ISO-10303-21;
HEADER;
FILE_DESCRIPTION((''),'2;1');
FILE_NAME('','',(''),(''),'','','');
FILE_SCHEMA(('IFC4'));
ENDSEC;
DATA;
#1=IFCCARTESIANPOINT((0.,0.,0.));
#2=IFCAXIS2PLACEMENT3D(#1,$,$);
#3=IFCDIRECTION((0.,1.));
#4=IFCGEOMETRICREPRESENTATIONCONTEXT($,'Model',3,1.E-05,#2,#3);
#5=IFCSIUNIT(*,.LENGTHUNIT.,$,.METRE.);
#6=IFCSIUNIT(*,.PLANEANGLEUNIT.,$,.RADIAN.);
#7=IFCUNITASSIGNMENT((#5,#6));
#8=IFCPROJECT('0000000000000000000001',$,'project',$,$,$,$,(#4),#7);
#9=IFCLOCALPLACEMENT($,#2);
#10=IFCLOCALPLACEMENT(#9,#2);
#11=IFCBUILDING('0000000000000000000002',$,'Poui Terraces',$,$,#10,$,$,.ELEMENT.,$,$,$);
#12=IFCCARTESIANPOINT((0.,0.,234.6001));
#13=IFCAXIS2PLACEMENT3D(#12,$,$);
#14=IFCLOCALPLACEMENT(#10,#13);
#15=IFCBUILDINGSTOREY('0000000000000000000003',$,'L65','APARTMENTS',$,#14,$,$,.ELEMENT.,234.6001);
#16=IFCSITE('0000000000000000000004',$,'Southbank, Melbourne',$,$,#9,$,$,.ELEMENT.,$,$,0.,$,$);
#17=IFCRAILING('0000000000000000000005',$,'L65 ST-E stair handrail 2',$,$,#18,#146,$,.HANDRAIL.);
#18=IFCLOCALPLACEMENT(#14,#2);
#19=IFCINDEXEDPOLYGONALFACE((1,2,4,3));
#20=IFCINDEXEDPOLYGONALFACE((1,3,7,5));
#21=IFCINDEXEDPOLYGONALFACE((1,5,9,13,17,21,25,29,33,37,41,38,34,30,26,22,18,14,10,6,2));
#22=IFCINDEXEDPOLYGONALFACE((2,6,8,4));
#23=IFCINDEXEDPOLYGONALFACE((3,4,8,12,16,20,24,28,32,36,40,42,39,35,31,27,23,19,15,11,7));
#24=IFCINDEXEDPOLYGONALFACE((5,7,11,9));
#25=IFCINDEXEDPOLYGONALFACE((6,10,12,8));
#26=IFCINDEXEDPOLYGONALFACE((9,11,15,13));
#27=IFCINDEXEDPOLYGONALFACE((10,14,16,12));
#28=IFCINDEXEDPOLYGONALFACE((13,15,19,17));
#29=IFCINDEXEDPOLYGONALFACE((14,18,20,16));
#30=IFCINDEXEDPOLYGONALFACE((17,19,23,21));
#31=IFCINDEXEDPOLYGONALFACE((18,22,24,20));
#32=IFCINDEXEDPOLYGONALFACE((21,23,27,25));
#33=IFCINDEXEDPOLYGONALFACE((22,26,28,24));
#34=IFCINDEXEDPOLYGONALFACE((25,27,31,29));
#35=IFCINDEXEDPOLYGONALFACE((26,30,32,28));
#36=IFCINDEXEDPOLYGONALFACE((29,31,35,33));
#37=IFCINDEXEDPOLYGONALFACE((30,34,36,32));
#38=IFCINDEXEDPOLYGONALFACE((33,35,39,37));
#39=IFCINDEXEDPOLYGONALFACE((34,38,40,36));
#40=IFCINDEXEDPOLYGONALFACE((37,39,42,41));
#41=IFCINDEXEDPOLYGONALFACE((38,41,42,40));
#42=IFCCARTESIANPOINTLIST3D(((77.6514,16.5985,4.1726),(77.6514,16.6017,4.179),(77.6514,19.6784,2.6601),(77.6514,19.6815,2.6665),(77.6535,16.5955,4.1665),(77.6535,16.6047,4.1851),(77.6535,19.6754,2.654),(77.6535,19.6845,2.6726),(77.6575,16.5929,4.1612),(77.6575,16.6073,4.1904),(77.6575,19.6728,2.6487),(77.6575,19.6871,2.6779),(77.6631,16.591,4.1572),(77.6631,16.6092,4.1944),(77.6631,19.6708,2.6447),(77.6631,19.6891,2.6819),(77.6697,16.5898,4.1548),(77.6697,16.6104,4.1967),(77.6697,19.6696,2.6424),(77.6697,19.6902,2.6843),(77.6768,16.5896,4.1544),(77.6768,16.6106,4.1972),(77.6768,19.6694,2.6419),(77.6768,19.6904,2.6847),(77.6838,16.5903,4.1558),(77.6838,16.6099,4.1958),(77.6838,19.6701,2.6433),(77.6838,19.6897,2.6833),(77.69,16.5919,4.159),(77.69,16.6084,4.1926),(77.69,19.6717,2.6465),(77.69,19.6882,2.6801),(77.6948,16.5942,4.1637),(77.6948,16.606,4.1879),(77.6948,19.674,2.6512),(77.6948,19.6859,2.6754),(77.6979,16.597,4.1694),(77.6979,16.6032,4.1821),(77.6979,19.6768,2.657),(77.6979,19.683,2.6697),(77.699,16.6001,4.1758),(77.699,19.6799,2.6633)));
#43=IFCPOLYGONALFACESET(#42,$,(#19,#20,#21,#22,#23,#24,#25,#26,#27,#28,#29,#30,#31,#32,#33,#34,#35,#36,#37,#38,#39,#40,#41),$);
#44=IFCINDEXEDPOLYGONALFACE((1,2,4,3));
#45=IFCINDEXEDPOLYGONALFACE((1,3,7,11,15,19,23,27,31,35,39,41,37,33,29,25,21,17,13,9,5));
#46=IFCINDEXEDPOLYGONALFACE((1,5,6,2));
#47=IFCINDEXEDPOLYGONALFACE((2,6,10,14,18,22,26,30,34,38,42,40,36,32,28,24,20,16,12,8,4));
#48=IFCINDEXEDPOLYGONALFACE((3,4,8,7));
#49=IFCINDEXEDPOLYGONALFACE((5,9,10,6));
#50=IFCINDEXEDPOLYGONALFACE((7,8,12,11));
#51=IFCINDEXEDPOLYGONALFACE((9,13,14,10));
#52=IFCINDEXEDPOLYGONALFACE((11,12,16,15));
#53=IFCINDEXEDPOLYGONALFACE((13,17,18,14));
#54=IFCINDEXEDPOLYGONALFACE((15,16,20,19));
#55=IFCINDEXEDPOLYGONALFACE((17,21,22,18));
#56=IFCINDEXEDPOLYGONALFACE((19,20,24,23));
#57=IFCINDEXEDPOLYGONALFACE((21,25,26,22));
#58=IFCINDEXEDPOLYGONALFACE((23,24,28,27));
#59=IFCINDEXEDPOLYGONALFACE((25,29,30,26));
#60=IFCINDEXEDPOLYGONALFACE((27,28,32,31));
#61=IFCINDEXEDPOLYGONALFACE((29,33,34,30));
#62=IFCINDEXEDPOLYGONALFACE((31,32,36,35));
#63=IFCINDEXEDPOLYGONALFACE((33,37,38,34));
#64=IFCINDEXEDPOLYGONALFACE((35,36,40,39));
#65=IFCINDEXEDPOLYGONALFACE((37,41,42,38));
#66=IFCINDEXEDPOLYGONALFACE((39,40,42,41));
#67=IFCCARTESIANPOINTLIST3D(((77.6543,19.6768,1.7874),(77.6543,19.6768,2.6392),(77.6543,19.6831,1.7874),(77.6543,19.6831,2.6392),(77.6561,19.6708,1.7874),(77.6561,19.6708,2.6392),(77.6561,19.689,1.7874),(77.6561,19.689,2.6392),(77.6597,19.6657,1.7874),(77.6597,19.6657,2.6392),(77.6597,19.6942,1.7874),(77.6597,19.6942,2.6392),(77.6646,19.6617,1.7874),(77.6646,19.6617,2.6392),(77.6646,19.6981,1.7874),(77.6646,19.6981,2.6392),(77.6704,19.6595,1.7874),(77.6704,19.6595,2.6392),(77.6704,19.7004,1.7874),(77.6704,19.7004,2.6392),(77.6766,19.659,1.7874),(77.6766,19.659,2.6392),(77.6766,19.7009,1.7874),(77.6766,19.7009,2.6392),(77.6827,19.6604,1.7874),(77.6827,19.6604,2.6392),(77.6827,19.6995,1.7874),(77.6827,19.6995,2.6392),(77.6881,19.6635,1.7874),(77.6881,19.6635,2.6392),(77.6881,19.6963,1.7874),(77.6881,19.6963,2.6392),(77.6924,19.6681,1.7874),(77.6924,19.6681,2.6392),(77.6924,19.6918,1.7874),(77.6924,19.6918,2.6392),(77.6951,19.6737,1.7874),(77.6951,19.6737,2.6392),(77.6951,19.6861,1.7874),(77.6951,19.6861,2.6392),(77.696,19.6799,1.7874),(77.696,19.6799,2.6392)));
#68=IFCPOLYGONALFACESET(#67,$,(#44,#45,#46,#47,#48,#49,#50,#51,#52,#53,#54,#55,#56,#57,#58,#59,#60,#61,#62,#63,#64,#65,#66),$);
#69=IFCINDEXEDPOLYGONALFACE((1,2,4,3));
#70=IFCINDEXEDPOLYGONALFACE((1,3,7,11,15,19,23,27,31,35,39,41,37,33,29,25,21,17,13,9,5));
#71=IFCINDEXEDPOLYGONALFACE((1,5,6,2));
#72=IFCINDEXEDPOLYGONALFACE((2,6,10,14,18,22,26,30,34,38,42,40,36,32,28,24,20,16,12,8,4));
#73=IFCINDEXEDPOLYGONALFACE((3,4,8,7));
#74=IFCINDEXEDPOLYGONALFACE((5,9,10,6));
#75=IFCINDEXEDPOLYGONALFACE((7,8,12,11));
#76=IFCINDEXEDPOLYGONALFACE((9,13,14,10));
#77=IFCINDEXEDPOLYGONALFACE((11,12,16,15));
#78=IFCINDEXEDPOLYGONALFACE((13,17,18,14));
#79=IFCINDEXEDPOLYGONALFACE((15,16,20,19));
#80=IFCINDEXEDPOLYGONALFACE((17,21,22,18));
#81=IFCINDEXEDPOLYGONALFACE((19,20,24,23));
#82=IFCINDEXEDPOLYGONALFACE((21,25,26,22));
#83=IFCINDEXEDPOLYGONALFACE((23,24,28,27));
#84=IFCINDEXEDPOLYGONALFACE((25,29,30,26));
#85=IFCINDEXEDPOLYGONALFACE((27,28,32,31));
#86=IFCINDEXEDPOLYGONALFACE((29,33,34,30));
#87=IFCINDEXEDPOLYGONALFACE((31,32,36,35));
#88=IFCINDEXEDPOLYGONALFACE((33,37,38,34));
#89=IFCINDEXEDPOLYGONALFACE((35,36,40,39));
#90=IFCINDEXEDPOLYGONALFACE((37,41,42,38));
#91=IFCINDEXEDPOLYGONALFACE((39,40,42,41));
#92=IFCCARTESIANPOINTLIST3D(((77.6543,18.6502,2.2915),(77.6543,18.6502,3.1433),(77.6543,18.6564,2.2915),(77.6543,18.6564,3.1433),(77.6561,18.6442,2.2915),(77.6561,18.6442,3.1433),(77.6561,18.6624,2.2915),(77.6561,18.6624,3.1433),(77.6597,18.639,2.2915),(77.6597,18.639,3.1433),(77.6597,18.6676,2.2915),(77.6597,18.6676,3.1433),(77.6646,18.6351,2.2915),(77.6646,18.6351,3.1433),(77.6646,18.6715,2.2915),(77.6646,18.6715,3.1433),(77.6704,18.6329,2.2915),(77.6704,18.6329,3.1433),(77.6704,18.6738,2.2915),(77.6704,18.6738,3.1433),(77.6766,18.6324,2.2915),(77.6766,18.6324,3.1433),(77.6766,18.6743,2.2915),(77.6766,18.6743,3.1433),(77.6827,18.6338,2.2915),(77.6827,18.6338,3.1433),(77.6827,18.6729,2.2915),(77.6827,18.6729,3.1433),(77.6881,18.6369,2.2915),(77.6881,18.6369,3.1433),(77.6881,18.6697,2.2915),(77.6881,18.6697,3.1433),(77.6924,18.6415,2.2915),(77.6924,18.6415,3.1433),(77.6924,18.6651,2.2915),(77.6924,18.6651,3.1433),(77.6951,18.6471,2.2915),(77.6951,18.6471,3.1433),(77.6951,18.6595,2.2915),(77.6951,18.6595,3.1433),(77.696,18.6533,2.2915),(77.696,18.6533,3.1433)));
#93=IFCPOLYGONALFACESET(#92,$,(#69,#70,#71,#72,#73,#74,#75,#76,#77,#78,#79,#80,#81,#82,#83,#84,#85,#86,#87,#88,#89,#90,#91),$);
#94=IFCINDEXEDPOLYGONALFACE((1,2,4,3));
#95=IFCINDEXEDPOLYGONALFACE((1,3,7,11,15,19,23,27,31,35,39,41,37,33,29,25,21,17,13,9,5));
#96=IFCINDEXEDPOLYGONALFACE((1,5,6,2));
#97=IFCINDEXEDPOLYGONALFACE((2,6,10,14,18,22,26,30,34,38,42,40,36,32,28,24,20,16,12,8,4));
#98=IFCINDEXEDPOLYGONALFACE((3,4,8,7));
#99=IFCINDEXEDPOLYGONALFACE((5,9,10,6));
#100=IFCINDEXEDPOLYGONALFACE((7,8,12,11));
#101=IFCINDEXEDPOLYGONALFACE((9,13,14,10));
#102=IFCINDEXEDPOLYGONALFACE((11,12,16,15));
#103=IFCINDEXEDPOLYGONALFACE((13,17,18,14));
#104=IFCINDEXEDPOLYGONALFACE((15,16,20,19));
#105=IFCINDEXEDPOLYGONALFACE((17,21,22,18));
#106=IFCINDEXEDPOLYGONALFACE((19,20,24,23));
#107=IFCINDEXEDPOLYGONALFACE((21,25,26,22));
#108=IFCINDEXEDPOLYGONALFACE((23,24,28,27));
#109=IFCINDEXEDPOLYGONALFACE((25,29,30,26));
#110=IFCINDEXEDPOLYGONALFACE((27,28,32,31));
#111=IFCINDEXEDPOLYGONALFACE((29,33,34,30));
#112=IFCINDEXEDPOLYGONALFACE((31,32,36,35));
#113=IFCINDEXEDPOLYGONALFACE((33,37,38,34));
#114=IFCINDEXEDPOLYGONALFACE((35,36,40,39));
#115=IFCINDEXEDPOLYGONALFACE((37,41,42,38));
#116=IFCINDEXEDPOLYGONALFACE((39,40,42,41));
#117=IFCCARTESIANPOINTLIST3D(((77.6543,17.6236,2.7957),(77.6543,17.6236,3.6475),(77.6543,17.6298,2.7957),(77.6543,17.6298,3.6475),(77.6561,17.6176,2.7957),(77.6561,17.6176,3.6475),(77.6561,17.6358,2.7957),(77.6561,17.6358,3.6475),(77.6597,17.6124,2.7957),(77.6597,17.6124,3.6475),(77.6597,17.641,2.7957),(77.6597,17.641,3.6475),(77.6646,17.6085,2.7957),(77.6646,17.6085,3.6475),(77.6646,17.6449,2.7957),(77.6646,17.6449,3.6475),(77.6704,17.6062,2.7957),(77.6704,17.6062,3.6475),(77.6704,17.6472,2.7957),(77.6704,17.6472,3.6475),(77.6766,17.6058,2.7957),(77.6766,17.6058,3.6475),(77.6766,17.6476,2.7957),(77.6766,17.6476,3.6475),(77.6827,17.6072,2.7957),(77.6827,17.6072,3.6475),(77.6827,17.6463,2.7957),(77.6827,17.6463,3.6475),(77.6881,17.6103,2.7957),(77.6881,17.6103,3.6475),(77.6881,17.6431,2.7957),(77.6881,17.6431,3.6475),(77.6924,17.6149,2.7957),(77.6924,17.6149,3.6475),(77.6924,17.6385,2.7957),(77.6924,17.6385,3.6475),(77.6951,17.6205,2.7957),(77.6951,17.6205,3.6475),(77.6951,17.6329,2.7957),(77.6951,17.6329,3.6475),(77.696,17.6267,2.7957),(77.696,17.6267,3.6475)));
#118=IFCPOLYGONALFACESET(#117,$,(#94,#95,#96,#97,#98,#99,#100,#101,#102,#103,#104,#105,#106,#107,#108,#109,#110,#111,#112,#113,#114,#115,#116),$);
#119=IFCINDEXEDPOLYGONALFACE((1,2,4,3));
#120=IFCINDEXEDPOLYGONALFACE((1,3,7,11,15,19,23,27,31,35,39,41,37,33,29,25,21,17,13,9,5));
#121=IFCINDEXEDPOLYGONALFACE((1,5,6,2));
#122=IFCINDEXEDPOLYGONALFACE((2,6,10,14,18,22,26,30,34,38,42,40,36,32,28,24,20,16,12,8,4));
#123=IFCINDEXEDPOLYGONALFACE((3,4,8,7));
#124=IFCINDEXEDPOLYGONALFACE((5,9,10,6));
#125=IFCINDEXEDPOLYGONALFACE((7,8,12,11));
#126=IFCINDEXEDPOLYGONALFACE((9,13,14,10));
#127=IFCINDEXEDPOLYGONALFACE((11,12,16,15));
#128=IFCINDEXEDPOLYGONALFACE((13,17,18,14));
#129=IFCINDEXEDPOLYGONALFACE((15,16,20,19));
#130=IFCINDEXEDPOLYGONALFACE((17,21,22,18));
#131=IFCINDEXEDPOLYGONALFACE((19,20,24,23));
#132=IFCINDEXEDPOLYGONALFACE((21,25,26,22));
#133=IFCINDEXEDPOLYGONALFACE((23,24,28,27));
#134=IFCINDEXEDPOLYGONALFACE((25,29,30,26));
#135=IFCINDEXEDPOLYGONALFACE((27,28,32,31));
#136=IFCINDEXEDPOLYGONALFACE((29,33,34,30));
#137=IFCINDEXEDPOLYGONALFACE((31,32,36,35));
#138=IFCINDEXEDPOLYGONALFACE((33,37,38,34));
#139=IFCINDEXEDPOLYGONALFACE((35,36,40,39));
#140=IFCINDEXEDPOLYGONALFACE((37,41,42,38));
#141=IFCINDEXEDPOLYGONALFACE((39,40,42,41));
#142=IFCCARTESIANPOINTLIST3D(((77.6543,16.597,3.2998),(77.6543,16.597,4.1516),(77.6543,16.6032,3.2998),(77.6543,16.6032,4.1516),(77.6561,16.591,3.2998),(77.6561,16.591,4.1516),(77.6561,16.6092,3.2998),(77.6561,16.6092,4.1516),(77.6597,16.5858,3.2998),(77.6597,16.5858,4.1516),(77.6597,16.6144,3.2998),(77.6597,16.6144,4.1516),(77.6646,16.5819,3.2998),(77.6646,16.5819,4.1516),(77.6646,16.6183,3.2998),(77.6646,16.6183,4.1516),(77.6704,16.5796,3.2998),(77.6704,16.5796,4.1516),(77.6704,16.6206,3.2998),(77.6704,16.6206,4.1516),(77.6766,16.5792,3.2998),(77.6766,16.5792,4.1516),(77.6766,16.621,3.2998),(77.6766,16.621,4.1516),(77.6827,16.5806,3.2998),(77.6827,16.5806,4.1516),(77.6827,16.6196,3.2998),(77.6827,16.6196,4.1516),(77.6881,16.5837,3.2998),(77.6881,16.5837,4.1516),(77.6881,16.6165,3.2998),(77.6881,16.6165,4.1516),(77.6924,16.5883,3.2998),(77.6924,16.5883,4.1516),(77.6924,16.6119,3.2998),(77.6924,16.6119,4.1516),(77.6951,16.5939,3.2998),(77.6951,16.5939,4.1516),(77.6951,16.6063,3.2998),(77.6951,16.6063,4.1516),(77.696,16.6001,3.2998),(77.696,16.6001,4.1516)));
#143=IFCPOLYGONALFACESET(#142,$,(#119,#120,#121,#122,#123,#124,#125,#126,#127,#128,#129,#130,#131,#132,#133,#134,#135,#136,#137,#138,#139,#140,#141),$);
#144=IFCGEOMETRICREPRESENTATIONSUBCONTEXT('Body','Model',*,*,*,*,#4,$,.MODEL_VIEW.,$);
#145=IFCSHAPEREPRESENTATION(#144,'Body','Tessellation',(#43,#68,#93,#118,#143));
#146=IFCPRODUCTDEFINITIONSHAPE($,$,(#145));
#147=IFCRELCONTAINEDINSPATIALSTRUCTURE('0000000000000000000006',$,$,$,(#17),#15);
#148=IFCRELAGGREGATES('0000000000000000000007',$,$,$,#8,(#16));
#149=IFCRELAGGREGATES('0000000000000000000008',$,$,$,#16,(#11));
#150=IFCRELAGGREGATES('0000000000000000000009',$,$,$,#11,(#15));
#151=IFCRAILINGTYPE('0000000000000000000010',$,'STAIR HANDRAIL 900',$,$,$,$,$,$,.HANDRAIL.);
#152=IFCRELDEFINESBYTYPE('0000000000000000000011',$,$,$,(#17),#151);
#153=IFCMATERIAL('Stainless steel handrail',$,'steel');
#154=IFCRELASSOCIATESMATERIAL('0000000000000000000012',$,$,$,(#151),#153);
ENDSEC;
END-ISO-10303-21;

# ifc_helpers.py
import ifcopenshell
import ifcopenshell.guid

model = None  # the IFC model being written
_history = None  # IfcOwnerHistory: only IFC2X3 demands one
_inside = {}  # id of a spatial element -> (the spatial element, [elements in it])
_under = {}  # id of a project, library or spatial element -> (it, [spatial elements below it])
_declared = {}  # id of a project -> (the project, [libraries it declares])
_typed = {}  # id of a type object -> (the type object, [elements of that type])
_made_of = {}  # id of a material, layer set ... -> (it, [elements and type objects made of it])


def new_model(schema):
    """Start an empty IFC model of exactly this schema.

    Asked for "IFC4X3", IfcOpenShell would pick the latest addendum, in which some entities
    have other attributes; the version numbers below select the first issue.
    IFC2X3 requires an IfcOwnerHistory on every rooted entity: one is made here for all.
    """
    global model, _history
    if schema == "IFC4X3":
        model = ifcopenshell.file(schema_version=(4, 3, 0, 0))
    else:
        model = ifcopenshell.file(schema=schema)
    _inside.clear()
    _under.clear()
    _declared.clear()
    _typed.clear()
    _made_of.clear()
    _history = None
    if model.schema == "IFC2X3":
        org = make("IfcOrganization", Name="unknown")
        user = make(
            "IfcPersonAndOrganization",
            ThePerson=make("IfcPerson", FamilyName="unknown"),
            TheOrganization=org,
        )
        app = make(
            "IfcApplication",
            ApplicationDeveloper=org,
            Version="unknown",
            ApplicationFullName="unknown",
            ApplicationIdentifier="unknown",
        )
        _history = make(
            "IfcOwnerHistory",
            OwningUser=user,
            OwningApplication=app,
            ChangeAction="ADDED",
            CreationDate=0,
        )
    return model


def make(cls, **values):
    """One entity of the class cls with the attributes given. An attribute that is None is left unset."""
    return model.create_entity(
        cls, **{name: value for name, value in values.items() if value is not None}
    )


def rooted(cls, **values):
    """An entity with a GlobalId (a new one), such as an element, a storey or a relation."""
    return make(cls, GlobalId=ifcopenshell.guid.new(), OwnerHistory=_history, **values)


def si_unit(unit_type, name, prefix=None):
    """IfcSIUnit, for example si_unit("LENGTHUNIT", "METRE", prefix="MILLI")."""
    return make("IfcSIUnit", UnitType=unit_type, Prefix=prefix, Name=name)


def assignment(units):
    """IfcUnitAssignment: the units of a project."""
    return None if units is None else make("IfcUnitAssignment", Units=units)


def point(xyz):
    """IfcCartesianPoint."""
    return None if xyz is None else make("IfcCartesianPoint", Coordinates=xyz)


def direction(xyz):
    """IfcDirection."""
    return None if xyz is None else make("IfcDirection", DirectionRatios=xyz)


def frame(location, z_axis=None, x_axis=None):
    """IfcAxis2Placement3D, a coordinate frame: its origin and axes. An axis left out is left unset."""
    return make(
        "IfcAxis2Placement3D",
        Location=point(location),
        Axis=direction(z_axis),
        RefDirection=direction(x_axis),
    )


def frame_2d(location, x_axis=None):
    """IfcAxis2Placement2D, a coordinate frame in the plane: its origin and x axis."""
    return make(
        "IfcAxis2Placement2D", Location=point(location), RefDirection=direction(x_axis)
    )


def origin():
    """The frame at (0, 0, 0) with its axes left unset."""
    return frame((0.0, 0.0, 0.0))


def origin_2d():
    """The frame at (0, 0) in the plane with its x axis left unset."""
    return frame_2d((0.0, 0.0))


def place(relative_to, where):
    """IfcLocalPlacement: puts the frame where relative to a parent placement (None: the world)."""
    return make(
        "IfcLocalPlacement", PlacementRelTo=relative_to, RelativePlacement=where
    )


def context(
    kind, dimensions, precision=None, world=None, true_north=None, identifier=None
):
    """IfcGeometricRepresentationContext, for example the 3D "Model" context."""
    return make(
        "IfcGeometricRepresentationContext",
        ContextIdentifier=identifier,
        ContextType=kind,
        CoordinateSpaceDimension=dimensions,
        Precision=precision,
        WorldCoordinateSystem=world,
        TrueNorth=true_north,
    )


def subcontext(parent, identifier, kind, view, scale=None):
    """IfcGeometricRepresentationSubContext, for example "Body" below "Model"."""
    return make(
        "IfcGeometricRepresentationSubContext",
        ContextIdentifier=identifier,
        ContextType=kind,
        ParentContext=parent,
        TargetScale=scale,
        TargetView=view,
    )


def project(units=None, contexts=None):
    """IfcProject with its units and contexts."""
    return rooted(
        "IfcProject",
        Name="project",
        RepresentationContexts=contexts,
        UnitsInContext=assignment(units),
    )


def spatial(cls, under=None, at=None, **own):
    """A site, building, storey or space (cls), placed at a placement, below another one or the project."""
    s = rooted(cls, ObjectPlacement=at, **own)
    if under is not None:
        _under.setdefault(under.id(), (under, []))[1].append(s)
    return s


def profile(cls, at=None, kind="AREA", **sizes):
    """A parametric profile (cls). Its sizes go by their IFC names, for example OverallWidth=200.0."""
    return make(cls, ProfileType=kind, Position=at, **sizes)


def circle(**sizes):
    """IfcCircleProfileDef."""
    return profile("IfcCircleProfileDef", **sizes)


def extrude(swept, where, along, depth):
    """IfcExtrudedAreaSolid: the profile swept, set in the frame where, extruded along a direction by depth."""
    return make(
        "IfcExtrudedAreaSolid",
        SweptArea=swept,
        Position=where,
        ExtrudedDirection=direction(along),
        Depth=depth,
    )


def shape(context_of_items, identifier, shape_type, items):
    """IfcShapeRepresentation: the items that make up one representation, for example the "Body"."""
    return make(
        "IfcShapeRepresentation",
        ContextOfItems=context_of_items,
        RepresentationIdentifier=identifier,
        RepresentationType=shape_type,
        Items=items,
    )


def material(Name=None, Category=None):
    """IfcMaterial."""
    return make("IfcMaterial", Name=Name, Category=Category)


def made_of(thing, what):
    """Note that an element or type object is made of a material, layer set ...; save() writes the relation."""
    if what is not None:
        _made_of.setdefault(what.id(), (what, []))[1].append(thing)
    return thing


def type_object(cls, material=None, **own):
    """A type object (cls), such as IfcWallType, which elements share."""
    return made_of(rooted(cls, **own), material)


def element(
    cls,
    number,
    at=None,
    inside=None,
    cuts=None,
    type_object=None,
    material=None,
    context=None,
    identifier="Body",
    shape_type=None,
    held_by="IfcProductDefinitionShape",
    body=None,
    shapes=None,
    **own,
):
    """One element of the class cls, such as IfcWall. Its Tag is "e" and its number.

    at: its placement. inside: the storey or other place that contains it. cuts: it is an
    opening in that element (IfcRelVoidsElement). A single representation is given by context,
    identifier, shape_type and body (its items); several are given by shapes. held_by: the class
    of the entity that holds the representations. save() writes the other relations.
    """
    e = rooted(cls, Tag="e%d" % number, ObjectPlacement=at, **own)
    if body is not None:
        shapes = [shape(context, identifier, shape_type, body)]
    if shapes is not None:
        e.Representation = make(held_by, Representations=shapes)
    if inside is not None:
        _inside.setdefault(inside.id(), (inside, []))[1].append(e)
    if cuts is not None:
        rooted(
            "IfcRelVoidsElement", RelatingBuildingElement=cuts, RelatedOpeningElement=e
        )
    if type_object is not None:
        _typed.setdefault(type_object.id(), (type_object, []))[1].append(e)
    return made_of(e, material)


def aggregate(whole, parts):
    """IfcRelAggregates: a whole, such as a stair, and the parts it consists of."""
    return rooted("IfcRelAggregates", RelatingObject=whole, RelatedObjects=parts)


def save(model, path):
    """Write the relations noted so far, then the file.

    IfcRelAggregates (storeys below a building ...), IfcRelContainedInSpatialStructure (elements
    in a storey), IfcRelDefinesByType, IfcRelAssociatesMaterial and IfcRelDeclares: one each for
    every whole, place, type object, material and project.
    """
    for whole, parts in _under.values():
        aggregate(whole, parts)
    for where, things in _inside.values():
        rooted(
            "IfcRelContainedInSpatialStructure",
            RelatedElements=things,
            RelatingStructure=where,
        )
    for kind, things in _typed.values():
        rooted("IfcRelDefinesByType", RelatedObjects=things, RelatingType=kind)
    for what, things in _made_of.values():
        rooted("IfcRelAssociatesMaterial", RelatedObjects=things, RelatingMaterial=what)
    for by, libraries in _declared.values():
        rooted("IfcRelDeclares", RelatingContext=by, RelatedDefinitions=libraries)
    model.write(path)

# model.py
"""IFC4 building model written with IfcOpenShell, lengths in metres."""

from ifc_helpers import new_model, si_unit, direction, frame, origin, origin_2d, place, context, subcontext, project, spatial, circle, extrude, material, type_object, element, save


model = new_model("IFC4")

# Units and contexts
model_context = context("Model", 3, precision=1e-05, world=origin(), true_north=direction((0.0, 1.0)))
body_context = subcontext(model_context, "Body", "Model", "MODEL_VIEW")
ifc_project = project(units=[si_unit("LENGTHUNIT", "METRE"), si_unit("PLANEANGLEUNIT", "RADIAN")], contexts=[model_context])

# Site, building, storey
site_placement = place(None, origin())
site = spatial("IfcSite", under=ifc_project, at=site_placement, Name="Southbank, Melbourne", CompositionType="ELEMENT", RefElevation=0.0)
building_placement = place(site_placement, origin())
building = spatial("IfcBuilding", under=site, at=building_placement, Name="Poui Terraces", CompositionType="ELEMENT")
storey_placement = place(building_placement, frame((0.0, 0.0, 234.6001)))
storey = spatial("IfcBuildingStorey", under=building, at=storey_placement, Name="L65", Description="APARTMENTS", CompositionType="ELEMENT", Elevation=234.6001)

# Railing
ifc_material_1 = material(Name="Stainless steel handrail", Category="steel")
railing_type_1 = type_object("IfcRailingType", Name="STAIR HANDRAIL 900", PredefinedType="HANDRAIL", material=ifc_material_1)
railing_1_placement = place(storey_placement, frame((77.675, 19.6799, 1.7874)))
element("IfcRailing", 1, at=railing_1_placement, inside=storey, type_object=railing_type_1, Name="L65 ST-E stair handrail 2", PredefinedType="HANDRAIL", context=body_context, shape_type="SweptSolid", body=[
    extrude(circle(Radius=0.0239, at=origin_2d()), frame((0.0, 0.0, 0.876), z_axis=(0.0, -0.897606, 0.440798), x_axis=(1.0, 0.0, 0.0)), (0.0, 0.0, 1.0), 3.4312),
    extrude(circle(Radius=0.021, at=origin_2d()), origin(), (0.0, 0.0, 1.0), 0.8518),
    extrude(circle(Radius=0.021, at=origin_2d()), frame((0.0, -1.0266, 0.5042)), (0.0, 0.0, 1.0), 0.8518),
    extrude(circle(Radius=0.021, at=origin_2d()), frame((0.0, -2.0532, 1.0083)), (0.0, 0.0, 1.0), 0.8518),
    extrude(circle(Radius=0.021, at=origin_2d()), frame((0.0, -3.0798, 1.5125)), (0.0, 0.0, 1.0), 0.8518),
])

save(model, "model.ifc")
